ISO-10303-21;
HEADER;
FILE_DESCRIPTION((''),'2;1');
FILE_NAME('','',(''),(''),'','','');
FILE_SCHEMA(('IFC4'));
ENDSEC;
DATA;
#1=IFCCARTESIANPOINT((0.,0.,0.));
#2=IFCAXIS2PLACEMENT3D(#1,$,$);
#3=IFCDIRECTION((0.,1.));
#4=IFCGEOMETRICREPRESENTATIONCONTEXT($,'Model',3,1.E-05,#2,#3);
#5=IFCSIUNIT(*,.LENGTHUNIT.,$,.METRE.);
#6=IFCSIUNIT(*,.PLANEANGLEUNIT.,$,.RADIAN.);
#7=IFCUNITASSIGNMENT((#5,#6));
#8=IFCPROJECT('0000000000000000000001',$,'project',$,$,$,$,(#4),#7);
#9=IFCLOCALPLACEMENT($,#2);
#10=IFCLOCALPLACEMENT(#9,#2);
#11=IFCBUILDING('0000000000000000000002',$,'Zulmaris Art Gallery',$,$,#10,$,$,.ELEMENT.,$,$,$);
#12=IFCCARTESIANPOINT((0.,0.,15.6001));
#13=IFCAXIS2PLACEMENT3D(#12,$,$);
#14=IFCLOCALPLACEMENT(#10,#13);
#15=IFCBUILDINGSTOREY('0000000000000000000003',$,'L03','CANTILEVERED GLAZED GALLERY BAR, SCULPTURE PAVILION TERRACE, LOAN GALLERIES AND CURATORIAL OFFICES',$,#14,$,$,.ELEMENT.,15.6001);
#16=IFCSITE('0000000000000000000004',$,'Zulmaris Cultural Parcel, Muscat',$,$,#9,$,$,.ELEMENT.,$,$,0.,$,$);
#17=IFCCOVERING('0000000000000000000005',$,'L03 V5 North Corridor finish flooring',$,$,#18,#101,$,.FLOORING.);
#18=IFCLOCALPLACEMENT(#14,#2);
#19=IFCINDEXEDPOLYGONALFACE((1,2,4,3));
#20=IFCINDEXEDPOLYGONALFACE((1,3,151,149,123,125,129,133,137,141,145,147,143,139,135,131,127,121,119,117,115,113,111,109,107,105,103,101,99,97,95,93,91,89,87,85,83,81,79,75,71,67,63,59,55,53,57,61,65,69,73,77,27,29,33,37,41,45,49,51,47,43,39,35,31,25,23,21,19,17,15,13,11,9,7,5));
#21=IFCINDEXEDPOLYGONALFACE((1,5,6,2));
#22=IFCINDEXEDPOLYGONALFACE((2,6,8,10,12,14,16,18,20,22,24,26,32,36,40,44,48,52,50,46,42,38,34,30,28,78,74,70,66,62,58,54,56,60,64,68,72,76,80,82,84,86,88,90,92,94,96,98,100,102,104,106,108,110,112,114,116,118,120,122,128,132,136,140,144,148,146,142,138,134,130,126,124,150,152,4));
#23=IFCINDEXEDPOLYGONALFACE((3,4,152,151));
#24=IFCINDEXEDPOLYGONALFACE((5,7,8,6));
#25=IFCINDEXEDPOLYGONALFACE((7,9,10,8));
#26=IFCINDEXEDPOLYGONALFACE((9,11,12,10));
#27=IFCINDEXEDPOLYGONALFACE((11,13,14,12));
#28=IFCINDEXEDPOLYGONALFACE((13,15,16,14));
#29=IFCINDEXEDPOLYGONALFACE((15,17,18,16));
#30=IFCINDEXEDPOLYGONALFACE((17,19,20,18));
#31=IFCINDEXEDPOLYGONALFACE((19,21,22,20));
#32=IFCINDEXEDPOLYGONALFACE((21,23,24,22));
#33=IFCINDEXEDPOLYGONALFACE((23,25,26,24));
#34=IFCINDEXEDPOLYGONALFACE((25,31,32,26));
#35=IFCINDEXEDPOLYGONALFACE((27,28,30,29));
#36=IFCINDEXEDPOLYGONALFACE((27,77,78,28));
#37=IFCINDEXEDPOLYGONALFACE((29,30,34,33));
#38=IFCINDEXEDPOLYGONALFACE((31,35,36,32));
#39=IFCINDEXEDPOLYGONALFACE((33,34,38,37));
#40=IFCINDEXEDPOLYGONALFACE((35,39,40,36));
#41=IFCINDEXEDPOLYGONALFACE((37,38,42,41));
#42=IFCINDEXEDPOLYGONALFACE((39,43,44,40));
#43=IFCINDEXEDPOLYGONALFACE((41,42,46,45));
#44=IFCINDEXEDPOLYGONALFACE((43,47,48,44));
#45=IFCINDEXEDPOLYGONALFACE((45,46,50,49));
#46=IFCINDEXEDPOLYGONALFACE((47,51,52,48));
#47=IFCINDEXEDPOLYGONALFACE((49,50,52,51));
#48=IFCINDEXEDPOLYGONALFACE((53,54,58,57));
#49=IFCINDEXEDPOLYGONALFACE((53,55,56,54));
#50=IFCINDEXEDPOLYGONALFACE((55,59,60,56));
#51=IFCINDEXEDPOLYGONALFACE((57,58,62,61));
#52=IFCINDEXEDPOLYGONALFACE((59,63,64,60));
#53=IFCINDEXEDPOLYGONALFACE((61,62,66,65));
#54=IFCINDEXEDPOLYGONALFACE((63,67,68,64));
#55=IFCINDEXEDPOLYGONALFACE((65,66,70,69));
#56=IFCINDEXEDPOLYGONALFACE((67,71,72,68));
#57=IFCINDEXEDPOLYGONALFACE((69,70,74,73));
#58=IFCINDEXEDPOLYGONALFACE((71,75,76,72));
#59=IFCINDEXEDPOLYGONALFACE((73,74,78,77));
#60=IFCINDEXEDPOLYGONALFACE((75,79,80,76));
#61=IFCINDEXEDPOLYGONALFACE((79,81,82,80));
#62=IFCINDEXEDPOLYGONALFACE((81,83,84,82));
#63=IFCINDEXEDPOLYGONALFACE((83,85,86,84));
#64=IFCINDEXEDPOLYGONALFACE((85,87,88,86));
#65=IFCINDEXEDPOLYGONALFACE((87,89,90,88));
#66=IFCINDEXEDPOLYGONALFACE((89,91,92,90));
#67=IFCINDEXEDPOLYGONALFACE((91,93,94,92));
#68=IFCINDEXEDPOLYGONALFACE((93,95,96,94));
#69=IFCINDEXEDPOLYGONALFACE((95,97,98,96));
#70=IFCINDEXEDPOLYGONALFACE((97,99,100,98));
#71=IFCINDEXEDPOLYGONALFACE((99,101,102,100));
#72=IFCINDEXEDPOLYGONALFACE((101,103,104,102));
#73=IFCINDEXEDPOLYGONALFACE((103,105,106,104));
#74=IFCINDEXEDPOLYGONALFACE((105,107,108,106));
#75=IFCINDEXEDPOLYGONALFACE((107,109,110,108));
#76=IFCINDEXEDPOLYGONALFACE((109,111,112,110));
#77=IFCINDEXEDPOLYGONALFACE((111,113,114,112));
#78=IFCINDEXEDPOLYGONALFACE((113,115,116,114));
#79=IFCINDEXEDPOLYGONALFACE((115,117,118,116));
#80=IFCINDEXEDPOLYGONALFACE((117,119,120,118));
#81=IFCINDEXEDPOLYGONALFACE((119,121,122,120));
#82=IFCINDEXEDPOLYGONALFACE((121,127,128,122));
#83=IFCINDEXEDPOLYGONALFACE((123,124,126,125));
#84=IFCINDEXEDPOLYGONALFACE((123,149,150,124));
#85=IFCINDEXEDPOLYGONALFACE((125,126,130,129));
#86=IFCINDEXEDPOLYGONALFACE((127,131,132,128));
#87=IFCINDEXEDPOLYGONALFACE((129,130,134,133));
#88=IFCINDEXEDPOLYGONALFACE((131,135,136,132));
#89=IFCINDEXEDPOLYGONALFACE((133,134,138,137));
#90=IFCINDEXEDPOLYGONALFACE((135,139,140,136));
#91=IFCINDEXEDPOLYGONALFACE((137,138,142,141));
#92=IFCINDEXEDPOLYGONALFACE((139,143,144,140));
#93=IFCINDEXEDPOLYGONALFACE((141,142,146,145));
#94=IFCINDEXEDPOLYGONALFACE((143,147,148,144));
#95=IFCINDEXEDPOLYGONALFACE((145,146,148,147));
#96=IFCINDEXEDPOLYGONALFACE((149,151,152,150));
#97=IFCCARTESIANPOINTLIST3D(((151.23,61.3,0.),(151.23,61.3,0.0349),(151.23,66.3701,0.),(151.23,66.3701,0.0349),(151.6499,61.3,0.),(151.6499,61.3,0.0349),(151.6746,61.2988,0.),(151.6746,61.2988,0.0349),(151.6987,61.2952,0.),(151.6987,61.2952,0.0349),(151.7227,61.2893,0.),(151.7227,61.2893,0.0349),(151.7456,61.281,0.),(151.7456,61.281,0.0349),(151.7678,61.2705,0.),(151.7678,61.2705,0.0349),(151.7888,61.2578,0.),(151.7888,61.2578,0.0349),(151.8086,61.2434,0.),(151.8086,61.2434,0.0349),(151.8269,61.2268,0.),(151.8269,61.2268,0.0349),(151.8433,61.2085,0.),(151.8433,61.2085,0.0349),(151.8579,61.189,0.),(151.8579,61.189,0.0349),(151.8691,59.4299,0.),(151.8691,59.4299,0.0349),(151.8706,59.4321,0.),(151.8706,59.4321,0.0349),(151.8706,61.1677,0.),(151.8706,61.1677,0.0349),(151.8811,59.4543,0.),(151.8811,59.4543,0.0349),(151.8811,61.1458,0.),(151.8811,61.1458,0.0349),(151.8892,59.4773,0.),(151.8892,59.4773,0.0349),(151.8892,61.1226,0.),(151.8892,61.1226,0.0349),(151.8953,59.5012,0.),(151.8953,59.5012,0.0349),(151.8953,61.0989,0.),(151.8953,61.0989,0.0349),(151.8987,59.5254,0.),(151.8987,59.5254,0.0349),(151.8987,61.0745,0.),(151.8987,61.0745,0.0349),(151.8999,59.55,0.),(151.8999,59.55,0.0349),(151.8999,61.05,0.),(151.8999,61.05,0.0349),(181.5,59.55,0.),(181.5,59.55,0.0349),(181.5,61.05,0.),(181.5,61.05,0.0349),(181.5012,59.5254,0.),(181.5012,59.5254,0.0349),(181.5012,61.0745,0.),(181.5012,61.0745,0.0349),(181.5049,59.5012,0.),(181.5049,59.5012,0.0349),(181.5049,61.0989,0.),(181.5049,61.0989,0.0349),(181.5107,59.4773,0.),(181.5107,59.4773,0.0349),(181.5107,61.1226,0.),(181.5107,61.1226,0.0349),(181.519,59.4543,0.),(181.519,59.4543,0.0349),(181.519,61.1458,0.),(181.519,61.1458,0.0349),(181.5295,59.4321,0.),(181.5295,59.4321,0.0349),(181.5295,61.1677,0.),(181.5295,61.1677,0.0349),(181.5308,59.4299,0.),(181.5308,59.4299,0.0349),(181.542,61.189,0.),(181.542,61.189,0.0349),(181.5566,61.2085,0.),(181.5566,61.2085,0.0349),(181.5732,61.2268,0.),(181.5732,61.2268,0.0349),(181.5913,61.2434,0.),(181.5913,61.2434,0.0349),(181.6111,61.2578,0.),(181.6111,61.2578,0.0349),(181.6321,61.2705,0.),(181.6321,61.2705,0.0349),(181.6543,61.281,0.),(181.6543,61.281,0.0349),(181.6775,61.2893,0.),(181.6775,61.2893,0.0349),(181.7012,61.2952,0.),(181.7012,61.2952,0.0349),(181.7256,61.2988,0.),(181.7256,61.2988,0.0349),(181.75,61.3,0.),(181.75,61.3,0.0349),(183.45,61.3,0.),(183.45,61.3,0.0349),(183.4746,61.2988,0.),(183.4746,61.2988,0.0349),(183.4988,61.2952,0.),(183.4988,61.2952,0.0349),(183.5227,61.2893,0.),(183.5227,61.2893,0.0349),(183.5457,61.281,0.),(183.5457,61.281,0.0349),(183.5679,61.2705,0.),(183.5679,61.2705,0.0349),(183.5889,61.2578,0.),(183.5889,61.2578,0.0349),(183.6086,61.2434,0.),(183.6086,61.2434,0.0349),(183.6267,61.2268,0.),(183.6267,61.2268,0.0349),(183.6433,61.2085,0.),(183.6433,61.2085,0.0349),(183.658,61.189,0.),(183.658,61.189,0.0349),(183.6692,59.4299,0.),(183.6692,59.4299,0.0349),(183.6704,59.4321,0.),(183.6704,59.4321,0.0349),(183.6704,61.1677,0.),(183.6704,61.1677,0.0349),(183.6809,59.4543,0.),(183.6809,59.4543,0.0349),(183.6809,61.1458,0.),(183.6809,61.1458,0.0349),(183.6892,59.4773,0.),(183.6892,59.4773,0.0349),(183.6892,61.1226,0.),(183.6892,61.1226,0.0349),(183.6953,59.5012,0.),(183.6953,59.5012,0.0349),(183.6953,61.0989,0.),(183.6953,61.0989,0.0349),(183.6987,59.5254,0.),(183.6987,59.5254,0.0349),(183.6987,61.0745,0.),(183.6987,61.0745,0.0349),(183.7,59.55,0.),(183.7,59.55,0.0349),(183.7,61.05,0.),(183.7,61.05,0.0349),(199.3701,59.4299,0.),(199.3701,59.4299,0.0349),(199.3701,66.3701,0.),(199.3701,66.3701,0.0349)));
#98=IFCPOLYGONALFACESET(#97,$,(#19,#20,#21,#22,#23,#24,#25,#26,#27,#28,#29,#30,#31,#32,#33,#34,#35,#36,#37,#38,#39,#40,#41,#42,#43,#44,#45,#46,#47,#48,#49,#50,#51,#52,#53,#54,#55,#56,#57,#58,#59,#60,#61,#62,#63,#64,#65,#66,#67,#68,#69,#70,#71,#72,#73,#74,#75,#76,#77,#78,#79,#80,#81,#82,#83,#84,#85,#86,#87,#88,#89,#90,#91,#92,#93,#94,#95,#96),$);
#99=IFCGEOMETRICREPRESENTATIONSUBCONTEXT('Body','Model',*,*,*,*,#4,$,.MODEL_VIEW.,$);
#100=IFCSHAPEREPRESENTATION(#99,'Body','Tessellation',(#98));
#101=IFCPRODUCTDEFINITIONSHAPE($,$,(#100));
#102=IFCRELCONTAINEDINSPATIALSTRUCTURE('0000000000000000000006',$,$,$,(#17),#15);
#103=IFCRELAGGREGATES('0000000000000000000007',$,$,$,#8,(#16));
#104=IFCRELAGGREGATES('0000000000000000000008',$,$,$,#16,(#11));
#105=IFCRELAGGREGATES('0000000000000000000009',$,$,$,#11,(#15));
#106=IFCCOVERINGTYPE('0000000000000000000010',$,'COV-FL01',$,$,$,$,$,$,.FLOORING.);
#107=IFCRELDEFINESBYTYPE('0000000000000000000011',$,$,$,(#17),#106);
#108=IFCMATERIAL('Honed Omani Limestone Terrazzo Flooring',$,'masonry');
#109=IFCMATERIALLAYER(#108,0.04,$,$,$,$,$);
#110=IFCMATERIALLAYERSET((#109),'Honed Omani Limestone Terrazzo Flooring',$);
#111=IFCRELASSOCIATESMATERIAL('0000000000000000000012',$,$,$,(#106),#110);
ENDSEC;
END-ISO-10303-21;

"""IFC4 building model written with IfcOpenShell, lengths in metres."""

from ifc_helpers import new_model, si_unit, direction, frame, origin, place, context, subcontext, project, spatial, polyline, outline, extrude, material, layer, layer_set, type_object, element, save


model = new_model("IFC4")

# Units and contexts
model_context = context("Model", 3, precision=1e-05, world=origin(), true_north=direction((0.0, 1.0)))
body_context = subcontext(model_context, "Body", "Model", "MODEL_VIEW")
ifc_project = project(units=[si_unit("LENGTHUNIT", "METRE"), si_unit("PLANEANGLEUNIT", "RADIAN")], contexts=[model_context])

# Site, building, storey
site_placement = place(None, origin())
site = spatial("IfcSite", under=ifc_project, at=site_placement, Name="Zulmaris Cultural Parcel, Muscat", CompositionType="ELEMENT", RefElevation=0.0)
building_placement = place(site_placement, origin())
building = spatial("IfcBuilding", under=site, at=building_placement, Name="Zulmaris Art Gallery", CompositionType="ELEMENT")
storey_placement = place(building_placement, frame((0.0, 0.0, 15.6001)))
storey = spatial("IfcBuildingStorey", under=building, at=storey_placement, Name="L03", Description="CANTILEVERED GLAZED GALLERY BAR, SCULPTURE PAVILION TERRACE, LOAN GALLERIES AND CURATORIAL OFFICES", CompositionType="ELEMENT", Elevation=15.6001)

# Covering
ifc_material_1 = material(Name="Honed Omani Limestone Terrazzo Flooring", Category="masonry")
ifc_layer_1 = layer(ifc_material_1, 0.04)
ifc_layer_set_1 = layer_set([ifc_layer_1], Name="Honed Omani Limestone Terrazzo Flooring")
covering_type_1 = type_object("IfcCoveringType", Name="COV-FL01", PredefinedType="FLOORING", material=ifc_layer_set_1)
covering_1_placement = place(storey_placement, origin())
element("IfcCovering", 1, at=covering_1_placement, inside=storey, type_object=covering_type_1, Name="L03 V5 North Corridor finish flooring", PredefinedType="FLOORING", context=body_context, shape_type="SweptSolid", body=[
    extrude(outline(polyline([(151.8706, 59.4321), (151.8811, 59.4543), (151.8892, 59.4773), (151.8953, 59.5012), (151.8987, 59.5254), (151.8999, 59.55), (151.8999, 61.05), (151.8987, 61.0745), (151.8953, 61.0989), (151.8892, 61.1226), (151.8811, 61.1458), (151.8706, 61.1677), (151.8579, 61.189), (151.8433, 61.2085), (151.8269, 61.2268), (151.8086, 61.2434), (151.7888, 61.2578), (151.7678, 61.2705), (151.7456, 61.281), (151.7227, 61.2893), (151.6987, 61.2952), (151.6746, 61.2988), (151.6499, 61.3), (151.23, 61.3), (151.23, 66.3701), (199.3701, 66.3701), (199.3701, 59.4299), (183.6692, 59.4299), (183.6704, 59.4321), (183.6809, 59.4543), (183.6892, 59.4773), (183.6953, 59.5012), (183.6987, 59.5254), (183.7, 59.55), (183.7, 61.05), (183.6987, 61.0745), (183.6953, 61.0989), (183.6892, 61.1226), (183.6809, 61.1458), (183.6704, 61.1677), (183.658, 61.189), (183.6433, 61.2085), (183.6267, 61.2268), (183.6086, 61.2434), (183.5889, 61.2578), (183.5679, 61.2705), (183.5457, 61.281), (183.5227, 61.2893), (183.4988, 61.2952), (183.4746, 61.2988), (183.45, 61.3), (181.75, 61.3), (181.7256, 61.2988), (181.7012, 61.2952), (181.6775, 61.2893), (181.6543, 61.281), (181.6321, 61.2705), (181.6111, 61.2578), (181.5913, 61.2434), (181.5732, 61.2268), (181.5566, 61.2085), (181.542, 61.189), (181.5295, 61.1677), (181.519, 61.1458), (181.5107, 61.1226), (181.5049, 61.0989), (181.5012, 61.0745), (181.5, 61.05), (181.5, 59.55), (181.5012, 59.5254), (181.5049, 59.5012), (181.5107, 59.4773), (181.519, 59.4543), (181.5295, 59.4321), (181.5308, 59.4299), (151.8691, 59.4299), (151.8706, 59.4321)])), origin(), (0.0, 0.0, 1.0), 0.0349),
])

save(model, "model.ifc")
